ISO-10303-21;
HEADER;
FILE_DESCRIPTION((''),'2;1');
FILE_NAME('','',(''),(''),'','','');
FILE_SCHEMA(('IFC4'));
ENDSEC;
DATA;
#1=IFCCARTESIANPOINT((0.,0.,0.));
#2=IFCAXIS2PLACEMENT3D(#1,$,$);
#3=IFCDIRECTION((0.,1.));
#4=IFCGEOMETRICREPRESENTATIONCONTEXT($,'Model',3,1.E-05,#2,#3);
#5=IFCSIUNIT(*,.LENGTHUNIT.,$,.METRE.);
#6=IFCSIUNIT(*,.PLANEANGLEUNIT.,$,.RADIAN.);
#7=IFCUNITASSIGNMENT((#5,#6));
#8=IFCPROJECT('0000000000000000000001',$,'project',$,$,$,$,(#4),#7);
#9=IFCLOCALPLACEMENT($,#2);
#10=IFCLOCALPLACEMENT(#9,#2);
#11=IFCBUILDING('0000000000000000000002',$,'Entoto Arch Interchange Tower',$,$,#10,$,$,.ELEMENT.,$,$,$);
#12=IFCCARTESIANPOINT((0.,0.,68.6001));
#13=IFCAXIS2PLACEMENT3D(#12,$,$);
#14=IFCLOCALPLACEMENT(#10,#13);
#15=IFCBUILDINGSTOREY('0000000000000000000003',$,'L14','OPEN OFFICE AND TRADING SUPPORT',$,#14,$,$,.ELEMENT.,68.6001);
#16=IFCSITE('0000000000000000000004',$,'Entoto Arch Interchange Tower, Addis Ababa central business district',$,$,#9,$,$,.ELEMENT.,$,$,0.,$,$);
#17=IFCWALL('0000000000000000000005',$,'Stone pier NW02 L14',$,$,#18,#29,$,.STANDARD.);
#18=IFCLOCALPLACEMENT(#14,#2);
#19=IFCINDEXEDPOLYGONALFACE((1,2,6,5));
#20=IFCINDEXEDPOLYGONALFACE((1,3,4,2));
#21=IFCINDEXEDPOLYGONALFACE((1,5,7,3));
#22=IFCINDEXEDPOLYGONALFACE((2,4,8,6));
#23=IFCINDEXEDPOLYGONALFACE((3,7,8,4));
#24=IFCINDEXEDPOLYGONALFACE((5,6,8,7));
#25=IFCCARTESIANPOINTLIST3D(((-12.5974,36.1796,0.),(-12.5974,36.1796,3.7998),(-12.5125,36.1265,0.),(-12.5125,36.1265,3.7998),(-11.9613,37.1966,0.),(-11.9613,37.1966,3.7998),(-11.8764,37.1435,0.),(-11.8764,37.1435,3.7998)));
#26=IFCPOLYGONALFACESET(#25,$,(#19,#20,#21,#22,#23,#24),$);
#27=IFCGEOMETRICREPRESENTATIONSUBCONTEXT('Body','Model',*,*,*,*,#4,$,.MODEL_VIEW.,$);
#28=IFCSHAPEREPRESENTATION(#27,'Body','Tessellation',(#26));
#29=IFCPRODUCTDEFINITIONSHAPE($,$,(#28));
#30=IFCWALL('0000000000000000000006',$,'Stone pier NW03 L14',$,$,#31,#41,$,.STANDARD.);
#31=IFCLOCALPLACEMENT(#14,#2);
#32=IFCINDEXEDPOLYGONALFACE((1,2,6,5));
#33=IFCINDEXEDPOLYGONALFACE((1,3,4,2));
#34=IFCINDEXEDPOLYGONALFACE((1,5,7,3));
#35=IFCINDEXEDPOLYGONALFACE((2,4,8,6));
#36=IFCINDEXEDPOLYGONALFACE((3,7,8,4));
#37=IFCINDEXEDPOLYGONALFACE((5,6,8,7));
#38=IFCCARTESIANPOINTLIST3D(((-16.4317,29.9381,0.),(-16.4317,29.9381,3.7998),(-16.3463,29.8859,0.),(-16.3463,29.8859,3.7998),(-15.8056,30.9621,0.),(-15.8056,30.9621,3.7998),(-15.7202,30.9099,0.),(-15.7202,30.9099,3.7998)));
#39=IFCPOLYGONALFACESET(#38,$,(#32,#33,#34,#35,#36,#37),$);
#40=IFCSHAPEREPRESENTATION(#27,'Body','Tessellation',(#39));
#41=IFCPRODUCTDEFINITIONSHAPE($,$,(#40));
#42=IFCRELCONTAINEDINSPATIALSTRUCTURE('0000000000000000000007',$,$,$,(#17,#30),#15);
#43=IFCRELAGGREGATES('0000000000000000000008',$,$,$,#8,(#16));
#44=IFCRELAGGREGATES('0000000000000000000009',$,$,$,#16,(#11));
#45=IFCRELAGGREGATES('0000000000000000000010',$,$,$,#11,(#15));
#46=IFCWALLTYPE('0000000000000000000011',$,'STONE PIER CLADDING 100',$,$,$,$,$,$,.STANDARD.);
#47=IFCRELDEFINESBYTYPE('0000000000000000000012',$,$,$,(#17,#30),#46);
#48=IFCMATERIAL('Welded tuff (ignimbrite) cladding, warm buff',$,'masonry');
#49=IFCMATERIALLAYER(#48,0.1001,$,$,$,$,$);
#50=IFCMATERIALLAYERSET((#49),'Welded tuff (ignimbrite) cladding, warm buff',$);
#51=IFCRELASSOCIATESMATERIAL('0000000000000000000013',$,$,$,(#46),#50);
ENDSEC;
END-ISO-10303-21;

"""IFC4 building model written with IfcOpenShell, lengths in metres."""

from ifc_helpers import new_model, si_unit, direction, frame, frame_2d, origin, place, context, subcontext, project, spatial, rectangle, extrude, material, layer, layer_set, type_object, element, save


model = new_model("IFC4")

# Units and contexts
model_context = context("Model", 3, precision=1e-05, world=origin(), true_north=direction((0.0, 1.0)))
body_context = subcontext(model_context, "Body", "Model", "MODEL_VIEW")
ifc_project = project(units=[si_unit("LENGTHUNIT", "METRE"), si_unit("PLANEANGLEUNIT", "RADIAN")], contexts=[model_context])

# Site, building, storey
site_placement = place(None, origin())
site = spatial("IfcSite", under=ifc_project, at=site_placement, Name="Entoto Arch Interchange Tower, Addis Ababa central business district", CompositionType="ELEMENT", RefElevation=0.0)
building_placement = place(site_placement, origin())
building = spatial("IfcBuilding", under=site, at=building_placement, Name="Entoto Arch Interchange Tower", CompositionType="ELEMENT")
storey_placement = place(building_placement, frame((0.0, 0.0, 68.6001)))
storey = spatial("IfcBuildingStorey", under=building, at=storey_placement, Name="L14", Description="OPEN OFFICE AND TRADING SUPPORT", CompositionType="ELEMENT", Elevation=68.6001)

# Shared definitions
ifc_material_1 = material(Name="Welded tuff (ignimbrite) cladding, warm buff", Category="masonry")

# Walls
ifc_layer_1 = layer(ifc_material_1, 0.1001)
ifc_layer_set_1 = layer_set([ifc_layer_1], Name="Welded tuff (ignimbrite) cladding, warm buff")
wall_type_1 = type_object("IfcWallType", Name="STONE PIER CLADDING 100", PredefinedType="STANDARD", material=ifc_layer_set_1)
wall_1_placement = place(storey_placement, frame((-11.9189, 37.1699, 0.0), z_axis=(0.0, 0.0, 1.0), x_axis=(-0.530273, -0.847827, 0.0)))
element("IfcWall", 1, at=wall_1_placement, inside=storey, type_object=wall_type_1, Name="Stone pier NW02 L14", PredefinedType="STANDARD", context=body_context, shape_type="SweptSolid", body=[
    extrude(rectangle(XDim=1.1995, YDim=0.1001, at=frame_2d((0.5996, 0.0))), origin(), (0.0, 0.0, 1.0), 3.7998),
])
wall_2_placement = place(storey_placement, frame((-15.7629, 30.936, 0.0), z_axis=(0.0, 0.0, 1.0), x_axis=(-0.521598, -0.853191, 0.0)))
element("IfcWall", 2, at=wall_2_placement, inside=storey, type_object=wall_type_1, Name="Stone pier NW03 L14", PredefinedType="STANDARD", context=body_context, shape_type="SweptSolid", body=[
    extrude(rectangle(XDim=1.2002, YDim=0.1001, at=frame_2d((0.6001, 0.0))), origin(), (0.0, 0.0, 1.0), 3.7998),
])

save(model, "model.ifc")
